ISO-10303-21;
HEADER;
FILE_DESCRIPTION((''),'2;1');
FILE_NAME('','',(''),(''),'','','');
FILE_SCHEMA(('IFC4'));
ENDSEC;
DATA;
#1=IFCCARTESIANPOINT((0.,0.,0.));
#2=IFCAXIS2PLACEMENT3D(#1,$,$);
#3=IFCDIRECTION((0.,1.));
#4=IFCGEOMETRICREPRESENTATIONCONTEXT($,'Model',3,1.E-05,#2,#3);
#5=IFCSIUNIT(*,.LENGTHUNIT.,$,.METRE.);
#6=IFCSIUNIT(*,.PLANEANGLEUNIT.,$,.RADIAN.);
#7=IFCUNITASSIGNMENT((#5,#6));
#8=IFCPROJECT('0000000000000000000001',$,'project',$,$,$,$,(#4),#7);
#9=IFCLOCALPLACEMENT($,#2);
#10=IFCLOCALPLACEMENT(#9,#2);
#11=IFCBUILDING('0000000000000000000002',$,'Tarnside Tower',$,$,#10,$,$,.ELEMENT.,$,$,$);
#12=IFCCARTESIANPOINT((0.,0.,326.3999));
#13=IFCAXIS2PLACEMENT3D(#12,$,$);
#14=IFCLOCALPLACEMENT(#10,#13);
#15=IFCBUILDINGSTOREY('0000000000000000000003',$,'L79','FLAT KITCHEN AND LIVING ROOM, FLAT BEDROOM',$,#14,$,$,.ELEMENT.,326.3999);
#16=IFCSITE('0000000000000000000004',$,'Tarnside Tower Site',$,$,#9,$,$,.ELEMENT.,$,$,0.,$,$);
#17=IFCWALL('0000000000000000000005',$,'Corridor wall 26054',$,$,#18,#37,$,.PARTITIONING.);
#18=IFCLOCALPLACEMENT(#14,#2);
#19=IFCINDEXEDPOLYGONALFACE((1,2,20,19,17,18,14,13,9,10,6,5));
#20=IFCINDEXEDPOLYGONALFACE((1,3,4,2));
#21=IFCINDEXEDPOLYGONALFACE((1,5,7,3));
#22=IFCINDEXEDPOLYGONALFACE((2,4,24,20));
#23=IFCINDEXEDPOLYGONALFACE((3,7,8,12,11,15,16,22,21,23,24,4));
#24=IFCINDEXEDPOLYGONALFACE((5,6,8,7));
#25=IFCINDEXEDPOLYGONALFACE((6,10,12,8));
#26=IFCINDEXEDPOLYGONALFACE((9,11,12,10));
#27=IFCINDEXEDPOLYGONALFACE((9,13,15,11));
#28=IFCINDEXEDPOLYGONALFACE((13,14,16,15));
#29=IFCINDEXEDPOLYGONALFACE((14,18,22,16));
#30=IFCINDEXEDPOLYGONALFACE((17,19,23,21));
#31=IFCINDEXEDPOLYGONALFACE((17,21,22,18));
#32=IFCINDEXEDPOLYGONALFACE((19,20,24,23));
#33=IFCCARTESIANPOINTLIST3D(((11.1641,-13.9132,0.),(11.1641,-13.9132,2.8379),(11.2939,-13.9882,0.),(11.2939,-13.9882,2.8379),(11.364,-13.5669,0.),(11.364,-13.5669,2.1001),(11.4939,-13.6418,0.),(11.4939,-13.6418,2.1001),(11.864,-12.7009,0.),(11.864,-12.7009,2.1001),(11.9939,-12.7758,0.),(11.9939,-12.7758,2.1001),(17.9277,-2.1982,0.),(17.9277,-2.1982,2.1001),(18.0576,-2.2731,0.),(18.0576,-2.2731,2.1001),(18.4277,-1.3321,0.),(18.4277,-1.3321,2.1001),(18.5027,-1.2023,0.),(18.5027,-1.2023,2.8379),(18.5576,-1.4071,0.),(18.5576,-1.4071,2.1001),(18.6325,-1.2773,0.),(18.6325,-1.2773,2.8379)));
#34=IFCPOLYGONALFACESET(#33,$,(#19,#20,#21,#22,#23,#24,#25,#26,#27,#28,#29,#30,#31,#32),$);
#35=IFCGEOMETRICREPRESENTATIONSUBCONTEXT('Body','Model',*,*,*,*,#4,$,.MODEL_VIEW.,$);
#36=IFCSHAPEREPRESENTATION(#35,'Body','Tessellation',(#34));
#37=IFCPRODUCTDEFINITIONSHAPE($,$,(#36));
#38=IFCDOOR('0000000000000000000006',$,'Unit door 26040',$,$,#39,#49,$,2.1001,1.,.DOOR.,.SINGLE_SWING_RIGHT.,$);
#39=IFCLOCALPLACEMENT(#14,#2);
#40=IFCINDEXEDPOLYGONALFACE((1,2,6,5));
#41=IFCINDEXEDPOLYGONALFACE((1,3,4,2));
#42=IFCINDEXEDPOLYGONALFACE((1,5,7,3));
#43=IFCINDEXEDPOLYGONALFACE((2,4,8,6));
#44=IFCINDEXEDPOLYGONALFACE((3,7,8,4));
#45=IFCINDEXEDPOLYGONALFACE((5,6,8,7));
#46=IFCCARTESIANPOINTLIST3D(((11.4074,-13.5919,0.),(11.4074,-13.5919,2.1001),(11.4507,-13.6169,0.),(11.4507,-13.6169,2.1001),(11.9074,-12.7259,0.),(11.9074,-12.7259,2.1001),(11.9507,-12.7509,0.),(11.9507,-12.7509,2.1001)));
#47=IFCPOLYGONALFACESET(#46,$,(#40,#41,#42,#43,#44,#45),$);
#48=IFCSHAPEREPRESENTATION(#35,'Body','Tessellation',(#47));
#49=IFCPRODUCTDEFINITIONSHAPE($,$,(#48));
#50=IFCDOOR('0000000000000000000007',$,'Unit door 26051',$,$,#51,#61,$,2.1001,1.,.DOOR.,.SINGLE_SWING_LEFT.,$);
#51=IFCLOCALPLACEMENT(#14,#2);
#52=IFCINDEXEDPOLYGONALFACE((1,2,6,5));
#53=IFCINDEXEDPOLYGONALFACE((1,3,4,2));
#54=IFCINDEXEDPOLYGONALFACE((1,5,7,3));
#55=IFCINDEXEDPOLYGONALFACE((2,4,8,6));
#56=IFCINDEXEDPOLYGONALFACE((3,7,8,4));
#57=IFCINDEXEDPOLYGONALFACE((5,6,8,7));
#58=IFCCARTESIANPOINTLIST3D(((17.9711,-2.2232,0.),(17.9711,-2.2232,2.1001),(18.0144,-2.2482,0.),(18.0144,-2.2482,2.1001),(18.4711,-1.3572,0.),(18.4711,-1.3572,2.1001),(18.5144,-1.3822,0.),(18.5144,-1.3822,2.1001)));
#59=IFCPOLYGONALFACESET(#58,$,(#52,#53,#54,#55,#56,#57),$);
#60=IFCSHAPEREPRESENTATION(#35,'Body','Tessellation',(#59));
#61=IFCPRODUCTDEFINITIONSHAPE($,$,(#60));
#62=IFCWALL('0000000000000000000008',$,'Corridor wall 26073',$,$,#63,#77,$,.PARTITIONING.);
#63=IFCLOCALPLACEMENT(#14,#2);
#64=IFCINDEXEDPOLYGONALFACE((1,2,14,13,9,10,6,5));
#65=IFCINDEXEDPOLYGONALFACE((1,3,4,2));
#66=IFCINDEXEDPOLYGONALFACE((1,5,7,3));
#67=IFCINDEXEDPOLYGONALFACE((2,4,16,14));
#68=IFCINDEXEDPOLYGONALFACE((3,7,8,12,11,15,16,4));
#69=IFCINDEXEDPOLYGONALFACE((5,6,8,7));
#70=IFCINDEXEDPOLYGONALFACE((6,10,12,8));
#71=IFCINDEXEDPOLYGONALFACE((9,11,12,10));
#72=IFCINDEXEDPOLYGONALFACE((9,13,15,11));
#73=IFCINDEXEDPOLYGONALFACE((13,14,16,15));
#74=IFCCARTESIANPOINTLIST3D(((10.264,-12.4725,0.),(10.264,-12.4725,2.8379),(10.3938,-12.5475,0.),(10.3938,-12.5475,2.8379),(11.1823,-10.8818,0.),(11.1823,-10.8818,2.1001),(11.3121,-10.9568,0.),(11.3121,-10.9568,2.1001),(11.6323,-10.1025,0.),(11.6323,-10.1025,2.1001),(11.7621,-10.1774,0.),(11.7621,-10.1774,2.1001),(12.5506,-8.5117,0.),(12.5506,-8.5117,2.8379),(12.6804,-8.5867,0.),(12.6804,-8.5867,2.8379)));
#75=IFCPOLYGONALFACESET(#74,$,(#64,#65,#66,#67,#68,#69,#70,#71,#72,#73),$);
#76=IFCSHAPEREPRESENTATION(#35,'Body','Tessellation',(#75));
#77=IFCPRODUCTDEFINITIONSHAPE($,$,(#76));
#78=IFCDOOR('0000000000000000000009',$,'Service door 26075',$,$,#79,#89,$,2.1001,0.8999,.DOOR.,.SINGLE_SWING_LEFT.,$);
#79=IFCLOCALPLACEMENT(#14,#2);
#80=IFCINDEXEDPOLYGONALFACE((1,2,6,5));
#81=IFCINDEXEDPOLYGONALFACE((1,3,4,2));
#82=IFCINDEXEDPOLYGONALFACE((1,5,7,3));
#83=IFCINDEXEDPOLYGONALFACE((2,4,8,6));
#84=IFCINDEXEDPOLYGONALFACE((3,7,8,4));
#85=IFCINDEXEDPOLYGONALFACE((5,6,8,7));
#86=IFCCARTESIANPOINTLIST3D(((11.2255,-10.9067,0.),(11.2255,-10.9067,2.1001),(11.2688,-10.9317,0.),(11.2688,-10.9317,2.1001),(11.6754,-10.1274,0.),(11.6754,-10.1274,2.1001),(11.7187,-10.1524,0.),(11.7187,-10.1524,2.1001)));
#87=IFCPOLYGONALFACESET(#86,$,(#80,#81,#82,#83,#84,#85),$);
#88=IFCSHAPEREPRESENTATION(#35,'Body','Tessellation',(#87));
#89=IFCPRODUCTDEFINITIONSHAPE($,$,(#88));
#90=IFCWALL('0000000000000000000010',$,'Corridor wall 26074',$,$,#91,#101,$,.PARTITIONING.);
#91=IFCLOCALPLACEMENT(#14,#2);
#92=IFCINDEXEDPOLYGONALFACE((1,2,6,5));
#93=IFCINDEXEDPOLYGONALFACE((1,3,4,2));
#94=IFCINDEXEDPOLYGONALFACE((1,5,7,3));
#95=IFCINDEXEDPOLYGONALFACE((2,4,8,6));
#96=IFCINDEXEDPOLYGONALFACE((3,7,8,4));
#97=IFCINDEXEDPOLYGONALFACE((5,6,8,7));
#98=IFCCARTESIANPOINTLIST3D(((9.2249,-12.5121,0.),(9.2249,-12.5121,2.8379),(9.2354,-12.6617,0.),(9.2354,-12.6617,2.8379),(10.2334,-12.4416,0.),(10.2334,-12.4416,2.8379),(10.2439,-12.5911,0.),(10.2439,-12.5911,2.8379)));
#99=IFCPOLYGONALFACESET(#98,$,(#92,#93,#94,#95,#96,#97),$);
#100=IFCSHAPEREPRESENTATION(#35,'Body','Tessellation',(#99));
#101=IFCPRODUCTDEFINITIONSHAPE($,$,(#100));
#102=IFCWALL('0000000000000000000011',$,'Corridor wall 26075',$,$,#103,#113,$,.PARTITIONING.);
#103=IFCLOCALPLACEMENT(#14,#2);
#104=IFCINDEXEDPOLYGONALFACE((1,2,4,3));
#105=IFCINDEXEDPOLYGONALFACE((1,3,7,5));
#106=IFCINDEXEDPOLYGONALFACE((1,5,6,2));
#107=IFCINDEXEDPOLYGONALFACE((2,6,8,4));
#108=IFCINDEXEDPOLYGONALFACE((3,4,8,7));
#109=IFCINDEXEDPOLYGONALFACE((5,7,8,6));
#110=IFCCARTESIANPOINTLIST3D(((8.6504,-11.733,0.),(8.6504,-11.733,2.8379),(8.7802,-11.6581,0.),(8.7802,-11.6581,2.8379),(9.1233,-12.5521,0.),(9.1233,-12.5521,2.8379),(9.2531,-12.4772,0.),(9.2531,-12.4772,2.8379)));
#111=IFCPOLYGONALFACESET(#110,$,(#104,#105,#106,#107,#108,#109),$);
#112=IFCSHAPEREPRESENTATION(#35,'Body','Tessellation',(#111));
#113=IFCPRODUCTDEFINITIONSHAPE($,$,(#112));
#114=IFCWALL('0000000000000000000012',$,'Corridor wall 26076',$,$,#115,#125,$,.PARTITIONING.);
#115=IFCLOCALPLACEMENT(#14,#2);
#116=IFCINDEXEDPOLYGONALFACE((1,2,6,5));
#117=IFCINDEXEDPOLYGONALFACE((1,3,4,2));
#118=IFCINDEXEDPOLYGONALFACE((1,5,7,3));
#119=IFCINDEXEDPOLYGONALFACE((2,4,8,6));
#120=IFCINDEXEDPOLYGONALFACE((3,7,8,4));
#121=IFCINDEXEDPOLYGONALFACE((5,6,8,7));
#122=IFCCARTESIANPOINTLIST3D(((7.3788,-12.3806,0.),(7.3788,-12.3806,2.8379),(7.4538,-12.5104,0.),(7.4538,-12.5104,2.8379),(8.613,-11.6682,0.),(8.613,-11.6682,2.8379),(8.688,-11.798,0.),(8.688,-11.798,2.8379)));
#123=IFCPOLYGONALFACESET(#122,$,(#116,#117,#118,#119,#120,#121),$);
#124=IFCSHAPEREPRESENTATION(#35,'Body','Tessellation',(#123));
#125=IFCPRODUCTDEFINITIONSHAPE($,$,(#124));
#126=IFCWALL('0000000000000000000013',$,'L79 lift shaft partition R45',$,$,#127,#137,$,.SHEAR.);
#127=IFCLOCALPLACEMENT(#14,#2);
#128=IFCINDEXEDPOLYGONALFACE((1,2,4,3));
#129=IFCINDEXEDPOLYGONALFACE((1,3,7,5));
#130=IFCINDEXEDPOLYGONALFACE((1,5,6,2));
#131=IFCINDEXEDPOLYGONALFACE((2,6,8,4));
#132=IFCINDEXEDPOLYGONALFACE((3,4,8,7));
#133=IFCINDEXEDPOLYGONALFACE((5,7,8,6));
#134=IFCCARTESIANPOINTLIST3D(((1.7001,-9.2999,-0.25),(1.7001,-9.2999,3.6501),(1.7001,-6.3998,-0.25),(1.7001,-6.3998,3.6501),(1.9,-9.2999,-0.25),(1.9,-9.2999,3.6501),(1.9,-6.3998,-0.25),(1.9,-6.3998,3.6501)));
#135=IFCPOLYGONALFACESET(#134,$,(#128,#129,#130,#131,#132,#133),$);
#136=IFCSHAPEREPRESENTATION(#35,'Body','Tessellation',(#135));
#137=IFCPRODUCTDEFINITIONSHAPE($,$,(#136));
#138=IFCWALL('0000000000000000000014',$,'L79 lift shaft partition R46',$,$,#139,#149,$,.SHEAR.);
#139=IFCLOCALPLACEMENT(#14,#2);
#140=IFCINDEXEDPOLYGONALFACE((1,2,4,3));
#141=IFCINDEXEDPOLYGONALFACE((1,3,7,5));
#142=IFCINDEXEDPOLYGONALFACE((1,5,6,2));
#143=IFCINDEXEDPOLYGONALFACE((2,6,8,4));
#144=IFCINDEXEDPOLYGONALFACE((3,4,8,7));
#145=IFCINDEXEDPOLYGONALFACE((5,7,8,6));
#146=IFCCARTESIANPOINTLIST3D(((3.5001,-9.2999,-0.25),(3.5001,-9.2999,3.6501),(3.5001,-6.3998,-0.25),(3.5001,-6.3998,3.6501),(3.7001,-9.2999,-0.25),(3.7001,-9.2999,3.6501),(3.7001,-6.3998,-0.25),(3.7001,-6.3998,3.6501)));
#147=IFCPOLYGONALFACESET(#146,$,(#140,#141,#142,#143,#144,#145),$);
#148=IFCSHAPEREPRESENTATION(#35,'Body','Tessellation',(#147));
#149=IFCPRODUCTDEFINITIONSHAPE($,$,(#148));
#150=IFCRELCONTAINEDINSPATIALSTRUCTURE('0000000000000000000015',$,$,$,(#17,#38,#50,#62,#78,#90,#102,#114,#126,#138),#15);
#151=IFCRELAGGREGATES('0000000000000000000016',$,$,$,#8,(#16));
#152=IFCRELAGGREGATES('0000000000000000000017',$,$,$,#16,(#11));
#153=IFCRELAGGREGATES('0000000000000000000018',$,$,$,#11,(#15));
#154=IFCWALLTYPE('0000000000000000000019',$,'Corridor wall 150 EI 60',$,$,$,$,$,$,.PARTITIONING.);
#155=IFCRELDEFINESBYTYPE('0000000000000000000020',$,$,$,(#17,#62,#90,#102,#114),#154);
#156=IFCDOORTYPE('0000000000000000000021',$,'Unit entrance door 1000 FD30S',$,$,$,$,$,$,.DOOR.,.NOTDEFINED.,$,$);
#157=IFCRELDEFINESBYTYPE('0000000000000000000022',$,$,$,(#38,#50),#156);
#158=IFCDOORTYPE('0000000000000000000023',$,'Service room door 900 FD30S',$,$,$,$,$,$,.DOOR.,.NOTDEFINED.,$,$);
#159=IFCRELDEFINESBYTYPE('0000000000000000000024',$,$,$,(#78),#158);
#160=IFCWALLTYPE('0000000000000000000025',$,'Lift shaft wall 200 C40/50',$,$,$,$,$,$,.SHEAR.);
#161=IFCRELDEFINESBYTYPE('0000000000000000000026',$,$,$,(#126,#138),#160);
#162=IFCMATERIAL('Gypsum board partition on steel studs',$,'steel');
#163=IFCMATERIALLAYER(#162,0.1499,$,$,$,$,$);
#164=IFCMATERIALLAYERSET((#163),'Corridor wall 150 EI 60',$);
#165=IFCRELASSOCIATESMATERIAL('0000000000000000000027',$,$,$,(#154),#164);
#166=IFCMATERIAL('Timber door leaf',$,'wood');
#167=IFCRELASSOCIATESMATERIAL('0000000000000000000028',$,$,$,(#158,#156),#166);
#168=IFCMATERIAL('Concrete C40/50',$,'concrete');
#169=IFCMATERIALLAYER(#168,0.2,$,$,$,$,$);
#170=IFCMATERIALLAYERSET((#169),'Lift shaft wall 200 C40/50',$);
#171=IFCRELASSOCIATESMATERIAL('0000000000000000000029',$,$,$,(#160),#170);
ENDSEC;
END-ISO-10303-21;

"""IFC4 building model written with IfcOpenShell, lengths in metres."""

from ifc_helpers import new_model, si_unit, direction, frame, frame_2d, origin, place, context, subcontext, project, spatial, rectangle, extrude, material, layer, layer_set, type_object, element, fill, save


model = new_model("IFC4")

# Units and contexts
model_context = context("Model", 3, precision=1e-05, world=origin(), true_north=direction((0.0, 1.0)))
body_context = subcontext(model_context, "Body", "Model", "MODEL_VIEW")
ifc_project = project(units=[si_unit("LENGTHUNIT", "METRE"), si_unit("PLANEANGLEUNIT", "RADIAN")], contexts=[model_context])

# Site, building, storey
site_placement = place(None, origin())
site = spatial("IfcSite", under=ifc_project, at=site_placement, Name="Tarnside Tower Site", CompositionType="ELEMENT", RefElevation=0.0)
building_placement = place(site_placement, origin())
building = spatial("IfcBuilding", under=site, at=building_placement, Name="Tarnside Tower", CompositionType="ELEMENT")
storey_placement = place(building_placement, frame((0.0, 0.0, 326.3999)))
storey = spatial("IfcBuildingStorey", under=building, at=storey_placement, Name="L79", Description="FLAT KITCHEN AND LIVING ROOM, FLAT BEDROOM", CompositionType="ELEMENT", Elevation=326.3999)

# Shared definitions
ifc_material_1 = material(Name="Gypsum board partition on steel studs", Category="steel")

# Shared definitions
ifc_layer_1 = layer(ifc_material_1, 0.1499)
ifc_layer_set_1 = layer_set([ifc_layer_1], Name="Corridor wall 150 EI 60")
wall_type_1 = type_object("IfcWallType", Name="Corridor wall 150 EI 60", PredefinedType="PARTITIONING", material=ifc_layer_set_1)

# Shared definitions
ifc_material_2 = material(Name="Timber door leaf", Category="wood")
door_type_1 = type_object("IfcDoorType", Name="Service room door 900 FD30S", OperationType="NOTDEFINED", PredefinedType="DOOR", material=ifc_material_2)

# Wall, openings, doors
wall_1_placement = place(storey_placement, frame((11.229, -13.9507, 0.0), z_axis=(0.0, 0.0, 1.0), x_axis=(0.499998, 0.866027, 0.0)))
wall_1 = element("IfcWall", 1, at=wall_1_placement, inside=storey, type_object=wall_type_1, Name="Corridor wall 26054", PredefinedType="PARTITIONING", context=body_context, shape_type="SweptSolid", body=[
    extrude(rectangle(XDim=14.6772, YDim=0.1499, at=frame_2d((7.3386, 0.0))), origin(), (0.0, 0.0, 1.0), 2.8379),
])
opening_1_placement = place(wall_1_placement, frame((0.3999, 0.0, 0.0)))
opening_1 = element("IfcOpeningElement", 2, at=opening_1_placement, cuts=wall_1, PredefinedType="OPENING", context=body_context, shape_type="SweptSolid", body=[
    extrude(rectangle(XDim=1.0, YDim=2.1001, at=frame_2d((0.5, 1.05))), frame((0.0, 0.085, 0.0), z_axis=(0.0, -1.0, 0.0), x_axis=(1.0, 0.0, 0.0)), (0.0, 0.0, 1.0), 0.1699),
])
opening_2_placement = place(wall_1_placement, frame((13.5273, 0.0, 0.0)))
opening_2 = element("IfcOpeningElement", 3, at=opening_2_placement, cuts=wall_1, PredefinedType="OPENING", context=body_context, shape_type="SweptSolid", body=[
    extrude(rectangle(XDim=1.0, YDim=2.1001, at=frame_2d((0.5, 1.05))), frame((0.0, 0.085, 0.0), z_axis=(0.0, -1.0, 0.0), x_axis=(1.0, 0.0, 0.0)), (0.0, 0.0, 1.0), 0.1699),
])
door_type_2 = type_object("IfcDoorType", Name="Unit entrance door 1000 FD30S", OperationType="NOTDEFINED", PredefinedType="DOOR", material=ifc_material_2)
door_1_placement = place(opening_1_placement, origin())
door_1 = element("IfcDoor", 4, at=door_1_placement, inside=storey, type_object=door_type_2, Name="Unit door 26040", OperationType="SINGLE_SWING_RIGHT", OverallHeight=2.1001, OverallWidth=1.0, PredefinedType="DOOR", context=body_context, shape_type="SweptSolid", body=[
    extrude(rectangle(XDim=1.0, YDim=2.1001, at=frame_2d((0.5, 1.05))), frame((0.0, 0.0249, 0.0), z_axis=(0.0, -1.0, 0.0), x_axis=(1.0, 0.0, 0.0)), (0.0, 0.0, 1.0), 0.05),
])
fill(opening_1, door_1)
door_2_placement = place(opening_2_placement, origin())
door_2 = element("IfcDoor", 5, at=door_2_placement, inside=storey, type_object=door_type_2, Name="Unit door 26051", OperationType="SINGLE_SWING_LEFT", OverallHeight=2.1001, OverallWidth=1.0, PredefinedType="DOOR", context=body_context, shape_type="SweptSolid", body=[
    extrude(rectangle(XDim=1.0, YDim=2.1001, at=frame_2d((0.5, 1.05))), frame((0.0, 0.0249, 0.0), z_axis=(0.0, -1.0, 0.0), x_axis=(1.0, 0.0, 0.0)), (0.0, 0.0, 1.0), 0.05),
])
fill(opening_2, door_2)

# Wall, opening, door
wall_2_placement = place(storey_placement, frame((12.6155, -8.5493, 0.0), z_axis=(0.0, 0.0, 1.0), x_axis=(-0.499986, -0.866034, 0.0)))
wall_2 = element("IfcWall", 6, at=wall_2_placement, inside=storey, type_object=wall_type_1, Name="Corridor wall 26073", PredefinedType="PARTITIONING", context=body_context, shape_type="SweptSolid", body=[
    extrude(rectangle(XDim=4.5735, YDim=0.1499, at=frame_2d((2.2866, 0.0))), origin(), (0.0, 0.0, 1.0), 2.8379),
])
opening_3_placement = place(wall_2_placement, frame((1.8367, 0.0, 0.0)))
opening_3 = element("IfcOpeningElement", 7, at=opening_3_placement, cuts=wall_2, PredefinedType="OPENING", context=body_context, shape_type="SweptSolid", body=[
    extrude(rectangle(XDim=0.8999, YDim=2.1001, at=frame_2d((0.45, 1.05))), frame((0.0, 0.085, 0.0), z_axis=(0.0, -1.0, 0.0), x_axis=(1.0, 0.0, 0.0)), (0.0, 0.0, 1.0), 0.1699),
])
door_3_placement = place(opening_3_placement, origin())
door_3 = element("IfcDoor", 8, at=door_3_placement, inside=storey, type_object=door_type_1, Name="Service door 26075", OperationType="SINGLE_SWING_LEFT", OverallHeight=2.1001, OverallWidth=0.8999, PredefinedType="DOOR", context=body_context, shape_type="SweptSolid", body=[
    extrude(rectangle(XDim=0.8999, YDim=2.1001, at=frame_2d((0.45, 1.05))), frame((0.0, 0.0249, 0.0), z_axis=(0.0, -1.0, 0.0), x_axis=(1.0, 0.0, 0.0)), (0.0, 0.0, 1.0), 0.05),
])
fill(opening_3, door_3)

# Walls
wall_3_placement = place(storey_placement, frame((10.2385, -12.5164, 0.0), z_axis=(0.0, 0.0, 1.0), x_axis=(-0.997562, -0.069788, 0.0)))
element("IfcWall", 9, at=wall_3_placement, inside=storey, type_object=wall_type_1, Name="Corridor wall 26074", PredefinedType="PARTITIONING", context=body_context, shape_type="SweptSolid", body=[
    extrude(rectangle(XDim=1.011, YDim=0.1499, at=frame_2d((0.5054, 0.0))), origin(), (0.0, 0.0, 1.0), 2.8379),
])
wall_4_placement = place(storey_placement, frame((9.1882, -12.5146, 0.0), z_axis=(0.0, 0.0, 1.0), x_axis=(-0.499998, 0.866027, 0.0)))
element("IfcWall", 10, at=wall_4_placement, inside=storey, type_object=wall_type_1, Name="Corridor wall 26075", PredefinedType="PARTITIONING", context=body_context, shape_type="SweptSolid", body=[
    extrude(rectangle(XDim=0.9458, YDim=0.1499, at=frame_2d((0.4729, 0.0))), origin(), (0.0, 0.0, 1.0), 2.8379),
])
wall_5_placement = place(storey_placement, frame((8.6504, -11.7332, 0.0), z_axis=(0.0, 0.0, 1.0), x_axis=(-0.866063, -0.499935, 0.0)))
element("IfcWall", 11, at=wall_5_placement, inside=storey, type_object=wall_type_1, Name="Corridor wall 26076", PredefinedType="PARTITIONING", context=body_context, shape_type="SweptSolid", body=[
    extrude(rectangle(XDim=1.425, YDim=0.1499, at=frame_2d((0.7124, 0.0))), origin(), (0.0, 0.0, 1.0), 2.8379),
])
ifc_material_3 = material(Name="Concrete C40/50", Category="concrete")
ifc_layer_2 = layer(ifc_material_3, 0.2)
ifc_layer_set_2 = layer_set([ifc_layer_2], Name="Lift shaft wall 200 C40/50")
wall_type_2 = type_object("IfcWallType", Name="Lift shaft wall 200 C40/50", PredefinedType="SHEAR", material=ifc_layer_set_2)
for number, where, z_axis, x_axis, name in (
    (12, (1.8, -9.3, -0.25), (0.0, 0.0, 1.0), (0.0, 1.0, 0.0), "L79 lift shaft partition R45"),
    (13, (3.6001, -9.3, -0.25), (0.0, 0.0, 1.0), (0.0, 1.0, 0.0), "L79 lift shaft partition R46"),
):
    element("IfcWall", number, at=place(storey_placement, frame(where, z_axis=z_axis, x_axis=x_axis)), inside=storey, type_object=wall_type_2, Name=name, PredefinedType="SHEAR", context=body_context, shape_type="SweptSolid", body=[
        extrude(rectangle(XDim=2.9001, YDim=0.2, at=frame_2d((1.4502, 0.0))), origin(), (0.0, 0.0, 1.0), 3.9001),
    ])

save(model, "model.ifc")
